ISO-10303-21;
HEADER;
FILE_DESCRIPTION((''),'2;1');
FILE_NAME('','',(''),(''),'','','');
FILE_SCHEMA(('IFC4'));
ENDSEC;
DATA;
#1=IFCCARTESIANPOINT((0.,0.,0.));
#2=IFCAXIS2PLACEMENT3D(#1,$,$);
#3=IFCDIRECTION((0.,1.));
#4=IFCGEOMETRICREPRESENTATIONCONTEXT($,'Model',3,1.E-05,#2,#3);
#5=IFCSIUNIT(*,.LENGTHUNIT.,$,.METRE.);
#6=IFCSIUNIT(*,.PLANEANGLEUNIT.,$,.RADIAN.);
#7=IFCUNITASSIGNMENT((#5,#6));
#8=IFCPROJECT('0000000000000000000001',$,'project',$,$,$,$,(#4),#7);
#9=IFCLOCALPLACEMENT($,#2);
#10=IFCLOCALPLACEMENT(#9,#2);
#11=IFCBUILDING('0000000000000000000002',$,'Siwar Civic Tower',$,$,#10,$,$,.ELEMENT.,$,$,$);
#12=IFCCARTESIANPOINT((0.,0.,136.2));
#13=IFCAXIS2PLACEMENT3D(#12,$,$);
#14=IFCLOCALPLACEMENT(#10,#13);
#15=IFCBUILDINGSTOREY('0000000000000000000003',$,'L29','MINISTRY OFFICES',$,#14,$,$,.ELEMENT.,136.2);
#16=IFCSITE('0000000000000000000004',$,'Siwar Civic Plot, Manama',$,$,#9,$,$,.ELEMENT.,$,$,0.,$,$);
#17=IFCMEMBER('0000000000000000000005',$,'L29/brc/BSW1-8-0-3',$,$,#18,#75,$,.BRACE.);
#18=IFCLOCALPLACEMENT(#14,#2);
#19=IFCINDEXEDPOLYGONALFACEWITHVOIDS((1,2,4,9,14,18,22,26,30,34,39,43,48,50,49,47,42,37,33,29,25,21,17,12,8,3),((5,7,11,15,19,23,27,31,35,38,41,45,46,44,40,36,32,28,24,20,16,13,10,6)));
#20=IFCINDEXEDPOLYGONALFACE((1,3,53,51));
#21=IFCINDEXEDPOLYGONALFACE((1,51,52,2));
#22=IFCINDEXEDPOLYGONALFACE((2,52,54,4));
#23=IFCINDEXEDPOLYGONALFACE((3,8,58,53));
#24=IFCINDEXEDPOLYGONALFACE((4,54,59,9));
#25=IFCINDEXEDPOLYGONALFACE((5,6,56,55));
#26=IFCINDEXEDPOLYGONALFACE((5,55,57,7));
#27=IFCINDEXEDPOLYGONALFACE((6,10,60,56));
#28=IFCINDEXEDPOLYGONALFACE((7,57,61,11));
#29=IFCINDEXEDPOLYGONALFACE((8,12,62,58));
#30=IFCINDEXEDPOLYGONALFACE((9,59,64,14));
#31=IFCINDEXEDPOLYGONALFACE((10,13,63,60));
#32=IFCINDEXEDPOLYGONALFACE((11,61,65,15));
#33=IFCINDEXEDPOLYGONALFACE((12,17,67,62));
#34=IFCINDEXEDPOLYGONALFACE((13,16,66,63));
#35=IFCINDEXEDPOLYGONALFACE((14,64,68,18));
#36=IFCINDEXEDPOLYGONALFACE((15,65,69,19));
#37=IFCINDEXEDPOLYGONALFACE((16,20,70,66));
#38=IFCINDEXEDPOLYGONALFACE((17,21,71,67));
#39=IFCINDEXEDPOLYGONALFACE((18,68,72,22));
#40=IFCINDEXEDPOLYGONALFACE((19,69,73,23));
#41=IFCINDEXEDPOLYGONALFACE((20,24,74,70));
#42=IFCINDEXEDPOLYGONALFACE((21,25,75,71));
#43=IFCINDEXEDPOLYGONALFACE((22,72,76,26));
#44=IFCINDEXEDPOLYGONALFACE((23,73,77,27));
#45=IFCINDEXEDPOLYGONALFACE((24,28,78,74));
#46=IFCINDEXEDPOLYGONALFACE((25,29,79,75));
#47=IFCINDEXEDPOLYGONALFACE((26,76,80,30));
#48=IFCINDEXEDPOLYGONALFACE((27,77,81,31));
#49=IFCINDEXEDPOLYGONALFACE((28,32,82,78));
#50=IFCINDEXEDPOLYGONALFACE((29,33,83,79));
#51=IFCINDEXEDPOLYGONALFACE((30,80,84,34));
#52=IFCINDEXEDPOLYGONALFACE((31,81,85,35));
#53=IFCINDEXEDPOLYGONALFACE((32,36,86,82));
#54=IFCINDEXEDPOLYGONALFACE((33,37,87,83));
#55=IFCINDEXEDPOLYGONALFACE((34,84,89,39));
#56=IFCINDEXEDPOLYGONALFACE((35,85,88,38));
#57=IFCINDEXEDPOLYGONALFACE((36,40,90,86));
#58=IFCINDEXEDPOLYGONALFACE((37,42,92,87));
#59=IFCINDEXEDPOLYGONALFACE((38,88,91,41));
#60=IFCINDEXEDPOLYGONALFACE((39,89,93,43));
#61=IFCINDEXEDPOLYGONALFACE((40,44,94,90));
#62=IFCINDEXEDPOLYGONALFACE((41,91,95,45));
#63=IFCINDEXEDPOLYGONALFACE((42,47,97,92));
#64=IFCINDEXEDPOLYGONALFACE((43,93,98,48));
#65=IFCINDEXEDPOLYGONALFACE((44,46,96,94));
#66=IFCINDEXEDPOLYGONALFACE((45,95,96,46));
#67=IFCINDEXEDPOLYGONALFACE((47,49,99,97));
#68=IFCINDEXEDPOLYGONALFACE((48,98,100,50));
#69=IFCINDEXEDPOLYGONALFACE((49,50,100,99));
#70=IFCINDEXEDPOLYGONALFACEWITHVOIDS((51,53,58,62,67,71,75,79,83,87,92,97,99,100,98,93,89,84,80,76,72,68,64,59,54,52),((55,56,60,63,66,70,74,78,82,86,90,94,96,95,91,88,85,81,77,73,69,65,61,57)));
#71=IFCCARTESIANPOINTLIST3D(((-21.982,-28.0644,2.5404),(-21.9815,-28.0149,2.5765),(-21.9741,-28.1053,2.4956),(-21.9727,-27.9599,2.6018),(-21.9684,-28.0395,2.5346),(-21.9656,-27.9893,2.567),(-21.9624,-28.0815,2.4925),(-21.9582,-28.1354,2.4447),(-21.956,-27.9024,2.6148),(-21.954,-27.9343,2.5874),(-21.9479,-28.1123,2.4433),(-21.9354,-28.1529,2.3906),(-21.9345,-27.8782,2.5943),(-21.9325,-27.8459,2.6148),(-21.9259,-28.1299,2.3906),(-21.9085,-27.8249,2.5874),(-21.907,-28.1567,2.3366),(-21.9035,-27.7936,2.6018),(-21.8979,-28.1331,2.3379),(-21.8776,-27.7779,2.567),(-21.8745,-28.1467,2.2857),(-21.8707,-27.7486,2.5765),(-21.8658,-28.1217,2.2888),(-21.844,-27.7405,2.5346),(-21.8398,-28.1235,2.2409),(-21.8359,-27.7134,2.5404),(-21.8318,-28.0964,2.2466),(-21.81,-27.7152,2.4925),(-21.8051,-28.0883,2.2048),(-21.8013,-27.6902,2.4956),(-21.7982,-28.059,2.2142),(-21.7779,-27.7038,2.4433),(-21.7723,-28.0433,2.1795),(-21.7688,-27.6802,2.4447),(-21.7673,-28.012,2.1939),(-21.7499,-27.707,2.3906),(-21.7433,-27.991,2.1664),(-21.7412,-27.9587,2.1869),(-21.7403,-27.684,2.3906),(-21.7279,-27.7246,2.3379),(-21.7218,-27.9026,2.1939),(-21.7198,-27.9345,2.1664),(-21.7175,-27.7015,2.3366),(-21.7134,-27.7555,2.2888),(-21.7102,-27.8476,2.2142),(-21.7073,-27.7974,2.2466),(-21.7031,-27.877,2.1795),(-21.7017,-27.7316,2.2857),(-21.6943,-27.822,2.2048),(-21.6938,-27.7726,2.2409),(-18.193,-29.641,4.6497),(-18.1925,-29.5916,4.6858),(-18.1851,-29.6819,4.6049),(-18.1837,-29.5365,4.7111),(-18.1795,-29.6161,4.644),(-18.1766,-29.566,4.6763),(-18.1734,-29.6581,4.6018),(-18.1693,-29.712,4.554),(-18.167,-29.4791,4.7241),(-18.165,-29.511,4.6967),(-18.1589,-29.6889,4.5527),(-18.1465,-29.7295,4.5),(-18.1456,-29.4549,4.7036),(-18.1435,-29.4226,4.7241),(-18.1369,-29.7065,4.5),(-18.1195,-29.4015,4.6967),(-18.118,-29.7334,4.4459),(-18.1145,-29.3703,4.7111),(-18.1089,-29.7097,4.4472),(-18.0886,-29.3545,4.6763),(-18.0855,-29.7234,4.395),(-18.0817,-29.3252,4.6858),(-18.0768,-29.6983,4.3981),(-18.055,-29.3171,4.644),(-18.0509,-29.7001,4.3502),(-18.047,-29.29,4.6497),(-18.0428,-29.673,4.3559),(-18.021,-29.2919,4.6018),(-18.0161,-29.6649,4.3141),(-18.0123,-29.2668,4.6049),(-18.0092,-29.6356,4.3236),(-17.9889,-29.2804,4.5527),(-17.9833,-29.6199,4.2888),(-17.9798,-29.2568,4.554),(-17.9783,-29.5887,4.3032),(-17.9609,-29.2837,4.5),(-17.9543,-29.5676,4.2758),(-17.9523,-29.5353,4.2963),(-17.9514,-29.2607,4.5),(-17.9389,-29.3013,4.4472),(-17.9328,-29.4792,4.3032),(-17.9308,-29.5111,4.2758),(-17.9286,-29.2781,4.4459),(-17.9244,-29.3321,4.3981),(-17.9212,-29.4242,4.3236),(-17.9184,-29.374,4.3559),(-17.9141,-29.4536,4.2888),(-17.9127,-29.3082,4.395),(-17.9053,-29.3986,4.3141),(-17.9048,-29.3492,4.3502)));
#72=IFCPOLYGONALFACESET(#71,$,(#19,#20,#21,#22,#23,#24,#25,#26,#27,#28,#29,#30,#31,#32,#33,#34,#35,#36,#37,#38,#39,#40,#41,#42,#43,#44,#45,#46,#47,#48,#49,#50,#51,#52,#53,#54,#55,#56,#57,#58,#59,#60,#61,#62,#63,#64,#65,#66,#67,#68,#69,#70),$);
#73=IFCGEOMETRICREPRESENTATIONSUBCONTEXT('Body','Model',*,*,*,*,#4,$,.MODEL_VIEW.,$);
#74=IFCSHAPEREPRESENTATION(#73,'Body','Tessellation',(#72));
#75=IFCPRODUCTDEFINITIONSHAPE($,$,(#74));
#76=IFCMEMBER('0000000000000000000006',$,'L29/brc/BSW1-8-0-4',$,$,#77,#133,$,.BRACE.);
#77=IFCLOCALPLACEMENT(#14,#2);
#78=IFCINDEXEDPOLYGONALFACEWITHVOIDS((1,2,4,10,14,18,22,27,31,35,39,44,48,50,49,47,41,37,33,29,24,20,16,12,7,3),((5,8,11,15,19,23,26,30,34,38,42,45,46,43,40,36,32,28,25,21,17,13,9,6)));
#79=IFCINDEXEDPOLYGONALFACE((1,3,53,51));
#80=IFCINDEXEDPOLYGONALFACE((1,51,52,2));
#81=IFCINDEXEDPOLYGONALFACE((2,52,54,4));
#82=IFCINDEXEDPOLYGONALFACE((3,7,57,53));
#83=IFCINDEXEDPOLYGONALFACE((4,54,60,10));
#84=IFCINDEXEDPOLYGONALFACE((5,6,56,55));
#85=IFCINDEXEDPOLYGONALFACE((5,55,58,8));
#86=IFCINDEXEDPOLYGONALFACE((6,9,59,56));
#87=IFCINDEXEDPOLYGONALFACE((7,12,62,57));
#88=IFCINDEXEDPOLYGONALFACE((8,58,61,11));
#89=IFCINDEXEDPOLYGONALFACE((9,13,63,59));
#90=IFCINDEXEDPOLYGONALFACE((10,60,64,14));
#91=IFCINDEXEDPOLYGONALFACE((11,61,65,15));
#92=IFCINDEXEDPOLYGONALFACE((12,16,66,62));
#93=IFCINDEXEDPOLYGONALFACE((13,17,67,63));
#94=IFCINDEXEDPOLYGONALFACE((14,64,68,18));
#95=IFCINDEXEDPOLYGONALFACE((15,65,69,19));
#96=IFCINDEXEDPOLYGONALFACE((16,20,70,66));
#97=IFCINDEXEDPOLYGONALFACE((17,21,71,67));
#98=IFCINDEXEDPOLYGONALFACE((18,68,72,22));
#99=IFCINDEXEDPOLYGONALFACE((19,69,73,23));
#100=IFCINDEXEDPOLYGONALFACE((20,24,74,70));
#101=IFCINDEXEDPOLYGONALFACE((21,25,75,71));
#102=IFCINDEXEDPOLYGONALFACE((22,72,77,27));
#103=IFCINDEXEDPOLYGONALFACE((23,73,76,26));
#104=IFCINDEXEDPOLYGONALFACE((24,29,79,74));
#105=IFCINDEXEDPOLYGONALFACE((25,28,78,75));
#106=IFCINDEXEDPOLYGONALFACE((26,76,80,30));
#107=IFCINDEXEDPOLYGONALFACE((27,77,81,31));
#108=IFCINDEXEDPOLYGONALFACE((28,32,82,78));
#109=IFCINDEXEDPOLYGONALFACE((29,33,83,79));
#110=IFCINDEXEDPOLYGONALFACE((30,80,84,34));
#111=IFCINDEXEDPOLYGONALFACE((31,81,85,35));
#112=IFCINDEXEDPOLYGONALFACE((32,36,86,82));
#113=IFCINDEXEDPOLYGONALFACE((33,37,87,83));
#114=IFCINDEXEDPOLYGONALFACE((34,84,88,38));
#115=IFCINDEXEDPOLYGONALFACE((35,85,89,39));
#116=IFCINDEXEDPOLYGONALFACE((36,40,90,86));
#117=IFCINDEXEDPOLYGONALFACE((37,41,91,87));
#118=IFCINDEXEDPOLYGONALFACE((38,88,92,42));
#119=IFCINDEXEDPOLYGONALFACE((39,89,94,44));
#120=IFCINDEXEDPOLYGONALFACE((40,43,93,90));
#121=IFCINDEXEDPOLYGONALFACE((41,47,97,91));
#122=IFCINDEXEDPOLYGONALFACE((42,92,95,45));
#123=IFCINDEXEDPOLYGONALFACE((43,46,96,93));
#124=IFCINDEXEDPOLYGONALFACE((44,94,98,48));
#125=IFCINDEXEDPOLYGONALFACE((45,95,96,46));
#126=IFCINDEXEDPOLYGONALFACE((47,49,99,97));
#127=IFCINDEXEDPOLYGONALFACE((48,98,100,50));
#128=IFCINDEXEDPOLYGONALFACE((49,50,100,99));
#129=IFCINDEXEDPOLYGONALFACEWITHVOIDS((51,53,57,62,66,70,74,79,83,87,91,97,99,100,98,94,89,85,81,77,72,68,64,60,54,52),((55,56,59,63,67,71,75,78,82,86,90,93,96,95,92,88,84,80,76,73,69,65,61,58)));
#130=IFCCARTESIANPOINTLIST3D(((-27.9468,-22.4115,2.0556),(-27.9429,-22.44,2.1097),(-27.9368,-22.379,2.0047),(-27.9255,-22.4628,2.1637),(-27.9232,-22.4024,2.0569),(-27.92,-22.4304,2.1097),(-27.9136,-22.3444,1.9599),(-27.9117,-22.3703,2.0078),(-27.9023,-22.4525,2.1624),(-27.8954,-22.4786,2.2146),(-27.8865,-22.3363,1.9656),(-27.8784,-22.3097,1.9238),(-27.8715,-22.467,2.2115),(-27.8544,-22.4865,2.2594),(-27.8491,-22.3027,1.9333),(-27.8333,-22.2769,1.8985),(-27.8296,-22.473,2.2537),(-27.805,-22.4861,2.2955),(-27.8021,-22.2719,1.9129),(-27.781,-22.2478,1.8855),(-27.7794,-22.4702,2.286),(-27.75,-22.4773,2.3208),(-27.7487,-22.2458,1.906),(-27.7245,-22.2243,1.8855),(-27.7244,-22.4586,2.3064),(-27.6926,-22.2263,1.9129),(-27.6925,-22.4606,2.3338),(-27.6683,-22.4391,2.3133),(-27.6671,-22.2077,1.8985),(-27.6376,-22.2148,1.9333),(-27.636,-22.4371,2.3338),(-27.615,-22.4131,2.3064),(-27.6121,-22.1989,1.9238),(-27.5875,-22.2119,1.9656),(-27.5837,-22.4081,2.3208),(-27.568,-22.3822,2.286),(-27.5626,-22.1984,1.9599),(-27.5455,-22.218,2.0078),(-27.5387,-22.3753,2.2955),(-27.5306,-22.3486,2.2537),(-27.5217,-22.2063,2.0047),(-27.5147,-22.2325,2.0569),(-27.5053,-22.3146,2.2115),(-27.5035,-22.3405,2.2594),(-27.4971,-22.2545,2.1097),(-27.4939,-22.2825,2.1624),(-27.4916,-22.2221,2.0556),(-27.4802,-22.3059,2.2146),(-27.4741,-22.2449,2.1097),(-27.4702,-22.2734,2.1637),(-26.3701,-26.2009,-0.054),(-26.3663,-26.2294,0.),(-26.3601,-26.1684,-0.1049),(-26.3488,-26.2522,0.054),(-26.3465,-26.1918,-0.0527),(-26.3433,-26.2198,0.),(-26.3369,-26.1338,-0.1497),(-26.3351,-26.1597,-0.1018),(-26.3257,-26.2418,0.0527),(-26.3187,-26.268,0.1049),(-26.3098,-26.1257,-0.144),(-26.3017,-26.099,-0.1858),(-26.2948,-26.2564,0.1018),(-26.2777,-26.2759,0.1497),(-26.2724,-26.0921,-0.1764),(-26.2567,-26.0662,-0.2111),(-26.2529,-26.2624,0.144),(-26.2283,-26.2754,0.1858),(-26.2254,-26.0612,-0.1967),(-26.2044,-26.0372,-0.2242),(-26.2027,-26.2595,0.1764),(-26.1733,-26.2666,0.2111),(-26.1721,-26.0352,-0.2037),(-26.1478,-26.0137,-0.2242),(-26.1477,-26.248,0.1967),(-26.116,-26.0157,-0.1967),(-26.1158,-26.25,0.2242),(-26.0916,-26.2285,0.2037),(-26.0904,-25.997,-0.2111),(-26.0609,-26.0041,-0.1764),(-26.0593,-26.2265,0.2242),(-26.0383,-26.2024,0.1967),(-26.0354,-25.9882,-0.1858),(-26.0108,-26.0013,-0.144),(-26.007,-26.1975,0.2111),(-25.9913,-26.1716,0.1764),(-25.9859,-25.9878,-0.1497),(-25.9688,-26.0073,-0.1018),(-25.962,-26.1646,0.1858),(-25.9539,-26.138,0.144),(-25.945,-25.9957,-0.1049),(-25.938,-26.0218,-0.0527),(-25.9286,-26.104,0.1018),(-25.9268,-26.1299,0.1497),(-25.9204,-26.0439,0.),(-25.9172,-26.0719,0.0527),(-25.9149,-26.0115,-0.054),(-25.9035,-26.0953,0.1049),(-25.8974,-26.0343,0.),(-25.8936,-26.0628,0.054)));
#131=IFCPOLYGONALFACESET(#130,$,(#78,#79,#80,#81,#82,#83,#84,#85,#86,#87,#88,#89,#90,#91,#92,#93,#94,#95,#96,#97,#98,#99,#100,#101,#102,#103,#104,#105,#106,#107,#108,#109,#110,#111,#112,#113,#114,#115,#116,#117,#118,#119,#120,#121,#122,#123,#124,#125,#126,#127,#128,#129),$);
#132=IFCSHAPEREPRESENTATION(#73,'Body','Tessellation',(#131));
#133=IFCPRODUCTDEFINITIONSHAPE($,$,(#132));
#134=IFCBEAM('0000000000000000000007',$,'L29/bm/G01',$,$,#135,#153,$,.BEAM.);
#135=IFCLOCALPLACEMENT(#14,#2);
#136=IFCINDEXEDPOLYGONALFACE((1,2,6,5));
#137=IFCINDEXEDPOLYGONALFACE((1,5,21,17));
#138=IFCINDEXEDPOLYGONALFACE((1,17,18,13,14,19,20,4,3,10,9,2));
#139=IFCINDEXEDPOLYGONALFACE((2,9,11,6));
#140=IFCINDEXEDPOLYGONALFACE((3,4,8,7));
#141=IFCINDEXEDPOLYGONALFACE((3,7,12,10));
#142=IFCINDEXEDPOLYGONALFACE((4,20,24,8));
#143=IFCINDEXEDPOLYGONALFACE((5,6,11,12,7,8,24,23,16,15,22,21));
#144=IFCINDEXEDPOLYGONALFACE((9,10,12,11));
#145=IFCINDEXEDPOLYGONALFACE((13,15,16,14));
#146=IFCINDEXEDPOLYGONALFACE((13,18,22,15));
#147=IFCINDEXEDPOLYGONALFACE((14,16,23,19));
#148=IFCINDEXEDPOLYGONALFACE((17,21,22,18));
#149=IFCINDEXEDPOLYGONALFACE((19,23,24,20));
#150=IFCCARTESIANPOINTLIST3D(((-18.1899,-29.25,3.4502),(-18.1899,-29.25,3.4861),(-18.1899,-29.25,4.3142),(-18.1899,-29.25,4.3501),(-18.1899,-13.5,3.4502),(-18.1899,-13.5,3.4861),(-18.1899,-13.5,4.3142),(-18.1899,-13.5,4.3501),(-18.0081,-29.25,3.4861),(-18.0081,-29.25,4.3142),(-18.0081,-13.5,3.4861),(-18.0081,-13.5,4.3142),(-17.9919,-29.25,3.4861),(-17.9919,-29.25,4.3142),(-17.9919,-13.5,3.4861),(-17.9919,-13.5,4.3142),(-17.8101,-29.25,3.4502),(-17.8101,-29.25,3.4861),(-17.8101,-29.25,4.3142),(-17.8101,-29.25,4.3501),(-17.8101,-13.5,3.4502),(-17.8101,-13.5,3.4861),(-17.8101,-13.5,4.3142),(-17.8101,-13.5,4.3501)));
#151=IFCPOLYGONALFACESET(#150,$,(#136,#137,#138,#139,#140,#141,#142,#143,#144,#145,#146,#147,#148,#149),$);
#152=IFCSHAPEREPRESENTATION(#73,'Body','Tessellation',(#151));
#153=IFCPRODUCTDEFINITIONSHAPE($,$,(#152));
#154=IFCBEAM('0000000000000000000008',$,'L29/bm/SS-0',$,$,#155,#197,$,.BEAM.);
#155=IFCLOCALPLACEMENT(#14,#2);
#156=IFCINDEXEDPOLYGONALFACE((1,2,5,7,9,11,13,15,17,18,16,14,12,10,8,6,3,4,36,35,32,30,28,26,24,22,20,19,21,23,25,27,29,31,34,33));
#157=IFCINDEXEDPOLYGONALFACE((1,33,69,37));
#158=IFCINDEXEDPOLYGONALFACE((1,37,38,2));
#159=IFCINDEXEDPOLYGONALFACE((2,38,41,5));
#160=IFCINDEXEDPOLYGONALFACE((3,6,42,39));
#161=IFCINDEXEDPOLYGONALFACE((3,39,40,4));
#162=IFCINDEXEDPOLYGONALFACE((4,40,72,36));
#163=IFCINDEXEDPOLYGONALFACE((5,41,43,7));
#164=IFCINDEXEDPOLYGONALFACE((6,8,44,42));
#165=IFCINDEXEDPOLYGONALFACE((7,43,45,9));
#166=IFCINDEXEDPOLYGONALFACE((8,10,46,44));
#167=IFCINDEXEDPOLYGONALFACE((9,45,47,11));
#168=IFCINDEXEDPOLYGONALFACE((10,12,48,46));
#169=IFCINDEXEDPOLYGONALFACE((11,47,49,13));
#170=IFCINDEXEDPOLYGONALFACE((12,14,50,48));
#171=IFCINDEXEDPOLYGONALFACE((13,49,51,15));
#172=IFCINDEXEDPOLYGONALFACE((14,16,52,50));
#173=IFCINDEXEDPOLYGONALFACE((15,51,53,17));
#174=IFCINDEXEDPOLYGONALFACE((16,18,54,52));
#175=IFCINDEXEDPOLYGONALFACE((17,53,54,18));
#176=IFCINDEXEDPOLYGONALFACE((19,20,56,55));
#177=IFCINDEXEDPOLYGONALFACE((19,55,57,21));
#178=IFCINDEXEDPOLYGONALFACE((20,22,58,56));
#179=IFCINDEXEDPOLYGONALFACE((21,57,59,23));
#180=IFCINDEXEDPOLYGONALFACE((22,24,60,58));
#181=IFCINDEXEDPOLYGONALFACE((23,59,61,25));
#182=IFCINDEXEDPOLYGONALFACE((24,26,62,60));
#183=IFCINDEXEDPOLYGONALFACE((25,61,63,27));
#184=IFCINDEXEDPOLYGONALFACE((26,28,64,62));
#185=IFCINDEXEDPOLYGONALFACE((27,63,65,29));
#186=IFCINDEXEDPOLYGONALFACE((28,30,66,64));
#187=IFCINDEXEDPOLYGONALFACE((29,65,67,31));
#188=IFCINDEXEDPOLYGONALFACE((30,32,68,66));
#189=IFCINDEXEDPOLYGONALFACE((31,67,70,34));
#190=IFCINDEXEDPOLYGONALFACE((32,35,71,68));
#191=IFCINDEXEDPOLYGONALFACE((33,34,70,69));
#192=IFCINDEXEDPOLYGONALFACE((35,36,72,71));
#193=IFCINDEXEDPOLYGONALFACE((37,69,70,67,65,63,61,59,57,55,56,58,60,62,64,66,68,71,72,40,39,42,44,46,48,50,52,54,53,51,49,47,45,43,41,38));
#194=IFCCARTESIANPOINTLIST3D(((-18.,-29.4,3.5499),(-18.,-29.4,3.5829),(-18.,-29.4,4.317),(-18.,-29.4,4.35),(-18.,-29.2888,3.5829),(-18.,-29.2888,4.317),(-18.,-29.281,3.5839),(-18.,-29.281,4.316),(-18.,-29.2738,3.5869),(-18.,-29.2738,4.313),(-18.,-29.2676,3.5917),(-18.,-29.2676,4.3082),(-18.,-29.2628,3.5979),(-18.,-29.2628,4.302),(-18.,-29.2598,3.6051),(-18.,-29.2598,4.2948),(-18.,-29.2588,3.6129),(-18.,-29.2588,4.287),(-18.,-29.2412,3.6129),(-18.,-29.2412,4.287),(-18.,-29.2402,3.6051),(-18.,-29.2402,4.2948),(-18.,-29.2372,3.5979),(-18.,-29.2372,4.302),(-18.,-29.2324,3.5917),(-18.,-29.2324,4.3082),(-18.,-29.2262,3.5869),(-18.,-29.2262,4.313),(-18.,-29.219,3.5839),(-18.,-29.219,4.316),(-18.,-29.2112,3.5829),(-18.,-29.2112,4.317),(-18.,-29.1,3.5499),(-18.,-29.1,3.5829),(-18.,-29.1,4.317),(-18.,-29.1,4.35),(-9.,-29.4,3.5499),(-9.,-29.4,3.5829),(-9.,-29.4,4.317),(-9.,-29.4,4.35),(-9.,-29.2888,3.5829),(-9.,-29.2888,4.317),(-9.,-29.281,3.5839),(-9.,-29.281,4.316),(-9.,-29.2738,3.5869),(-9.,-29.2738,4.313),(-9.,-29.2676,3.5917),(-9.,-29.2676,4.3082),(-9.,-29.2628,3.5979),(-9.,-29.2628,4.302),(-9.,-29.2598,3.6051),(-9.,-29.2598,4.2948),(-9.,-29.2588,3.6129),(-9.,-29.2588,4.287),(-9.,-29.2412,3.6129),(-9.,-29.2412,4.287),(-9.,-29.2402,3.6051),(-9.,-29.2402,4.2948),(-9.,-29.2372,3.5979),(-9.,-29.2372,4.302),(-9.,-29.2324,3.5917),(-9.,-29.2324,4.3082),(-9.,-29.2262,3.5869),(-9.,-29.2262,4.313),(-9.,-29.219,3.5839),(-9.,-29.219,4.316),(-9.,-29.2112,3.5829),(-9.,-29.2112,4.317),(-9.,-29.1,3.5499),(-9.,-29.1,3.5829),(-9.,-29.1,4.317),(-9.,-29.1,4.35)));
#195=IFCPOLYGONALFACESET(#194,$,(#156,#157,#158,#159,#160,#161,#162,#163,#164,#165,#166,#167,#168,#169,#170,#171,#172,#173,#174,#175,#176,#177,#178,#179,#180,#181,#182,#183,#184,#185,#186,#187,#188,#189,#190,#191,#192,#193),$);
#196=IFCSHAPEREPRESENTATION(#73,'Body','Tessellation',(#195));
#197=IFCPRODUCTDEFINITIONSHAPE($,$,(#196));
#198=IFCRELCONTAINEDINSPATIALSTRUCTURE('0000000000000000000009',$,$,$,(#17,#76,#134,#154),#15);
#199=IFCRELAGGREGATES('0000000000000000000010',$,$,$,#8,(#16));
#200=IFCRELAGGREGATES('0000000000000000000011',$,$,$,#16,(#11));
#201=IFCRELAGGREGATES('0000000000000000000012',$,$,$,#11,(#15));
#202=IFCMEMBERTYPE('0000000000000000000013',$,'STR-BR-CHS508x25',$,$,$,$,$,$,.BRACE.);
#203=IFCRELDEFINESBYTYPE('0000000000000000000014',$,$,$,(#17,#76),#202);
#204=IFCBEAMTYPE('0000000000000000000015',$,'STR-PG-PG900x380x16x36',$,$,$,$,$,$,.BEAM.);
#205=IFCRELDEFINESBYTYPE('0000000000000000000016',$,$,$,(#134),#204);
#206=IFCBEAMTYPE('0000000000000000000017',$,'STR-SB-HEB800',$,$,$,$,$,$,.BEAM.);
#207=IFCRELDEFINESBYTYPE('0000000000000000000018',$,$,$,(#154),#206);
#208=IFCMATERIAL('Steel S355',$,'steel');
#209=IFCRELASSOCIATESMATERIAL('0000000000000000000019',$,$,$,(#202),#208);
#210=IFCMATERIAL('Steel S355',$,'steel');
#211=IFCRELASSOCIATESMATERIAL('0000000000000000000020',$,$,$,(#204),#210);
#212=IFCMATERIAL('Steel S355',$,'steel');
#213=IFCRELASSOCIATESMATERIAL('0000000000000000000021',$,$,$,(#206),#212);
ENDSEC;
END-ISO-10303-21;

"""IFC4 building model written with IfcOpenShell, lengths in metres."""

from ifc_helpers import new_model, si_unit, direction, frame, origin, origin_2d, place, context, subcontext, project, spatial, hollow_circle, i_section, extrude, material, material_profile, profile_set, type_object, element, save


model = new_model("IFC4")

# Units and contexts
model_context = context("Model", 3, precision=1e-05, world=origin(), true_north=direction((0.0, 1.0)))
body_context = subcontext(model_context, "Body", "Model", "MODEL_VIEW")
ifc_project = project(units=[si_unit("LENGTHUNIT", "METRE"), si_unit("PLANEANGLEUNIT", "RADIAN")], contexts=[model_context])

# Site, building, storey
site_placement = place(None, origin())
site = spatial("IfcSite", under=ifc_project, at=site_placement, Name="Siwar Civic Plot, Manama", CompositionType="ELEMENT", RefElevation=0.0)
building_placement = place(site_placement, origin())
building = spatial("IfcBuilding", under=site, at=building_placement, Name="Siwar Civic Tower", CompositionType="ELEMENT")
storey_placement = place(building_placement, frame((0.0, 0.0, 136.2)))
storey = spatial("IfcBuildingStorey", under=building, at=storey_placement, Name="L29", Description="MINISTRY OFFICES", CompositionType="ELEMENT", Elevation=136.2)

# Members
ifc_material_1 = material(Name="Steel S355", Category="steel")
ifc_material_profile_1 = material_profile(ifc_material_1, hollow_circle(Radius=0.2539, WallThickness=0.0249, at=origin_2d()), Name="CHS508x25")
ifc_profile_set_1 = profile_set([ifc_material_profile_1], Name="Steel S355")
member_type = type_object("IfcMemberType", Name="STR-BR-CHS508x25", PredefinedType="BRACE", material=ifc_profile_set_1)
member_1_placement = place(storey_placement, frame((-21.8379, -27.9185, 2.3906), z_axis=(0.821146, -0.341686, 0.457133), x_axis=(0.384176, 0.92326, 0.0)))
element("IfcMember", 1, at=member_1_placement, inside=storey, type_object=member_type, Name="L29/brc/BSW1-8-0-3", PredefinedType="BRACE", context=body_context, shape_type="SweptSolid", body=[
    extrude(hollow_circle(Radius=0.2539, WallThickness=0.0249, at=origin_2d()), origin(), (0.0, 0.0, 1.0), 4.6143),
])
member_2_placement = place(storey_placement, frame((-26.1318, -26.1318, 0.0), z_axis=(-0.341662, 0.821143, 0.457155), x_axis=(-0.923269, -0.384155, 0.0)))
element("IfcMember", 2, at=member_2_placement, inside=storey, type_object=member_type, Name="L29/brc/BSW1-8-0-4", PredefinedType="BRACE", context=body_context, shape_type="SweptSolid", body=[
    extrude(hollow_circle(Radius=0.2539, WallThickness=0.0249, at=origin_2d()), origin(), (0.0, 0.0, 1.0), 4.6147),
])

# Beams
ifc_material_2 = material(Name="Steel S355", Category="steel")
ifc_material_profile_2 = material_profile(ifc_material_2, i_section(OverallWidth=0.3799, OverallDepth=0.8999, WebThickness=0.0161, FlangeThickness=0.0359, at=origin_2d()), Name="PG900x380x16x36")
ifc_profile_set_2 = profile_set([ifc_material_profile_2], Name="Steel S355")
beam_type_1 = type_object("IfcBeamType", Name="STR-PG-PG900x380x16x36", PredefinedType="BEAM", material=ifc_profile_set_2)
beam_1_placement = place(storey_placement, frame((-18.0, -29.25, 3.9001), z_axis=(0.0, 1.0, 0.0), x_axis=(-1.0, 0.0, 0.0)))
element("IfcBeam", 3, at=beam_1_placement, inside=storey, type_object=beam_type_1, Name="L29/bm/G01", PredefinedType="BEAM", context=body_context, shape_type="SweptSolid", body=[
    extrude(i_section(OverallWidth=0.3799, OverallDepth=0.8999, WebThickness=0.0161, FlangeThickness=0.0359, at=origin_2d()), origin(), (0.0, 0.0, 1.0), 15.75),
])
ifc_material_3 = material(Name="Steel S355", Category="steel")
ifc_material_profile_3 = material_profile(ifc_material_3, i_section(OverallWidth=0.3, OverallDepth=0.8, WebThickness=0.0176, FlangeThickness=0.033, FilletRadius=0.03, at=origin_2d()), Name="HEB800")
ifc_profile_set_3 = profile_set([ifc_material_profile_3], Name="Steel S355")
beam_type_2 = type_object("IfcBeamType", Name="STR-SB-HEB800", PredefinedType="BEAM", material=ifc_profile_set_3)
beam_2_placement = place(storey_placement, frame((-18.0, -29.25, 3.95), z_axis=(1.0, 0.0, 0.0), x_axis=(0.0, 1.0, 0.0)))
element("IfcBeam", 4, at=beam_2_placement, inside=storey, type_object=beam_type_2, Name="L29/bm/SS-0", PredefinedType="BEAM", context=body_context, shape_type="SweptSolid", body=[
    extrude(i_section(OverallWidth=0.3, OverallDepth=0.8, WebThickness=0.0176, FlangeThickness=0.033, FilletRadius=0.03, at=origin_2d()), origin(), (0.0, 0.0, 1.0), 9.0),
])

save(model, "model.ifc")
